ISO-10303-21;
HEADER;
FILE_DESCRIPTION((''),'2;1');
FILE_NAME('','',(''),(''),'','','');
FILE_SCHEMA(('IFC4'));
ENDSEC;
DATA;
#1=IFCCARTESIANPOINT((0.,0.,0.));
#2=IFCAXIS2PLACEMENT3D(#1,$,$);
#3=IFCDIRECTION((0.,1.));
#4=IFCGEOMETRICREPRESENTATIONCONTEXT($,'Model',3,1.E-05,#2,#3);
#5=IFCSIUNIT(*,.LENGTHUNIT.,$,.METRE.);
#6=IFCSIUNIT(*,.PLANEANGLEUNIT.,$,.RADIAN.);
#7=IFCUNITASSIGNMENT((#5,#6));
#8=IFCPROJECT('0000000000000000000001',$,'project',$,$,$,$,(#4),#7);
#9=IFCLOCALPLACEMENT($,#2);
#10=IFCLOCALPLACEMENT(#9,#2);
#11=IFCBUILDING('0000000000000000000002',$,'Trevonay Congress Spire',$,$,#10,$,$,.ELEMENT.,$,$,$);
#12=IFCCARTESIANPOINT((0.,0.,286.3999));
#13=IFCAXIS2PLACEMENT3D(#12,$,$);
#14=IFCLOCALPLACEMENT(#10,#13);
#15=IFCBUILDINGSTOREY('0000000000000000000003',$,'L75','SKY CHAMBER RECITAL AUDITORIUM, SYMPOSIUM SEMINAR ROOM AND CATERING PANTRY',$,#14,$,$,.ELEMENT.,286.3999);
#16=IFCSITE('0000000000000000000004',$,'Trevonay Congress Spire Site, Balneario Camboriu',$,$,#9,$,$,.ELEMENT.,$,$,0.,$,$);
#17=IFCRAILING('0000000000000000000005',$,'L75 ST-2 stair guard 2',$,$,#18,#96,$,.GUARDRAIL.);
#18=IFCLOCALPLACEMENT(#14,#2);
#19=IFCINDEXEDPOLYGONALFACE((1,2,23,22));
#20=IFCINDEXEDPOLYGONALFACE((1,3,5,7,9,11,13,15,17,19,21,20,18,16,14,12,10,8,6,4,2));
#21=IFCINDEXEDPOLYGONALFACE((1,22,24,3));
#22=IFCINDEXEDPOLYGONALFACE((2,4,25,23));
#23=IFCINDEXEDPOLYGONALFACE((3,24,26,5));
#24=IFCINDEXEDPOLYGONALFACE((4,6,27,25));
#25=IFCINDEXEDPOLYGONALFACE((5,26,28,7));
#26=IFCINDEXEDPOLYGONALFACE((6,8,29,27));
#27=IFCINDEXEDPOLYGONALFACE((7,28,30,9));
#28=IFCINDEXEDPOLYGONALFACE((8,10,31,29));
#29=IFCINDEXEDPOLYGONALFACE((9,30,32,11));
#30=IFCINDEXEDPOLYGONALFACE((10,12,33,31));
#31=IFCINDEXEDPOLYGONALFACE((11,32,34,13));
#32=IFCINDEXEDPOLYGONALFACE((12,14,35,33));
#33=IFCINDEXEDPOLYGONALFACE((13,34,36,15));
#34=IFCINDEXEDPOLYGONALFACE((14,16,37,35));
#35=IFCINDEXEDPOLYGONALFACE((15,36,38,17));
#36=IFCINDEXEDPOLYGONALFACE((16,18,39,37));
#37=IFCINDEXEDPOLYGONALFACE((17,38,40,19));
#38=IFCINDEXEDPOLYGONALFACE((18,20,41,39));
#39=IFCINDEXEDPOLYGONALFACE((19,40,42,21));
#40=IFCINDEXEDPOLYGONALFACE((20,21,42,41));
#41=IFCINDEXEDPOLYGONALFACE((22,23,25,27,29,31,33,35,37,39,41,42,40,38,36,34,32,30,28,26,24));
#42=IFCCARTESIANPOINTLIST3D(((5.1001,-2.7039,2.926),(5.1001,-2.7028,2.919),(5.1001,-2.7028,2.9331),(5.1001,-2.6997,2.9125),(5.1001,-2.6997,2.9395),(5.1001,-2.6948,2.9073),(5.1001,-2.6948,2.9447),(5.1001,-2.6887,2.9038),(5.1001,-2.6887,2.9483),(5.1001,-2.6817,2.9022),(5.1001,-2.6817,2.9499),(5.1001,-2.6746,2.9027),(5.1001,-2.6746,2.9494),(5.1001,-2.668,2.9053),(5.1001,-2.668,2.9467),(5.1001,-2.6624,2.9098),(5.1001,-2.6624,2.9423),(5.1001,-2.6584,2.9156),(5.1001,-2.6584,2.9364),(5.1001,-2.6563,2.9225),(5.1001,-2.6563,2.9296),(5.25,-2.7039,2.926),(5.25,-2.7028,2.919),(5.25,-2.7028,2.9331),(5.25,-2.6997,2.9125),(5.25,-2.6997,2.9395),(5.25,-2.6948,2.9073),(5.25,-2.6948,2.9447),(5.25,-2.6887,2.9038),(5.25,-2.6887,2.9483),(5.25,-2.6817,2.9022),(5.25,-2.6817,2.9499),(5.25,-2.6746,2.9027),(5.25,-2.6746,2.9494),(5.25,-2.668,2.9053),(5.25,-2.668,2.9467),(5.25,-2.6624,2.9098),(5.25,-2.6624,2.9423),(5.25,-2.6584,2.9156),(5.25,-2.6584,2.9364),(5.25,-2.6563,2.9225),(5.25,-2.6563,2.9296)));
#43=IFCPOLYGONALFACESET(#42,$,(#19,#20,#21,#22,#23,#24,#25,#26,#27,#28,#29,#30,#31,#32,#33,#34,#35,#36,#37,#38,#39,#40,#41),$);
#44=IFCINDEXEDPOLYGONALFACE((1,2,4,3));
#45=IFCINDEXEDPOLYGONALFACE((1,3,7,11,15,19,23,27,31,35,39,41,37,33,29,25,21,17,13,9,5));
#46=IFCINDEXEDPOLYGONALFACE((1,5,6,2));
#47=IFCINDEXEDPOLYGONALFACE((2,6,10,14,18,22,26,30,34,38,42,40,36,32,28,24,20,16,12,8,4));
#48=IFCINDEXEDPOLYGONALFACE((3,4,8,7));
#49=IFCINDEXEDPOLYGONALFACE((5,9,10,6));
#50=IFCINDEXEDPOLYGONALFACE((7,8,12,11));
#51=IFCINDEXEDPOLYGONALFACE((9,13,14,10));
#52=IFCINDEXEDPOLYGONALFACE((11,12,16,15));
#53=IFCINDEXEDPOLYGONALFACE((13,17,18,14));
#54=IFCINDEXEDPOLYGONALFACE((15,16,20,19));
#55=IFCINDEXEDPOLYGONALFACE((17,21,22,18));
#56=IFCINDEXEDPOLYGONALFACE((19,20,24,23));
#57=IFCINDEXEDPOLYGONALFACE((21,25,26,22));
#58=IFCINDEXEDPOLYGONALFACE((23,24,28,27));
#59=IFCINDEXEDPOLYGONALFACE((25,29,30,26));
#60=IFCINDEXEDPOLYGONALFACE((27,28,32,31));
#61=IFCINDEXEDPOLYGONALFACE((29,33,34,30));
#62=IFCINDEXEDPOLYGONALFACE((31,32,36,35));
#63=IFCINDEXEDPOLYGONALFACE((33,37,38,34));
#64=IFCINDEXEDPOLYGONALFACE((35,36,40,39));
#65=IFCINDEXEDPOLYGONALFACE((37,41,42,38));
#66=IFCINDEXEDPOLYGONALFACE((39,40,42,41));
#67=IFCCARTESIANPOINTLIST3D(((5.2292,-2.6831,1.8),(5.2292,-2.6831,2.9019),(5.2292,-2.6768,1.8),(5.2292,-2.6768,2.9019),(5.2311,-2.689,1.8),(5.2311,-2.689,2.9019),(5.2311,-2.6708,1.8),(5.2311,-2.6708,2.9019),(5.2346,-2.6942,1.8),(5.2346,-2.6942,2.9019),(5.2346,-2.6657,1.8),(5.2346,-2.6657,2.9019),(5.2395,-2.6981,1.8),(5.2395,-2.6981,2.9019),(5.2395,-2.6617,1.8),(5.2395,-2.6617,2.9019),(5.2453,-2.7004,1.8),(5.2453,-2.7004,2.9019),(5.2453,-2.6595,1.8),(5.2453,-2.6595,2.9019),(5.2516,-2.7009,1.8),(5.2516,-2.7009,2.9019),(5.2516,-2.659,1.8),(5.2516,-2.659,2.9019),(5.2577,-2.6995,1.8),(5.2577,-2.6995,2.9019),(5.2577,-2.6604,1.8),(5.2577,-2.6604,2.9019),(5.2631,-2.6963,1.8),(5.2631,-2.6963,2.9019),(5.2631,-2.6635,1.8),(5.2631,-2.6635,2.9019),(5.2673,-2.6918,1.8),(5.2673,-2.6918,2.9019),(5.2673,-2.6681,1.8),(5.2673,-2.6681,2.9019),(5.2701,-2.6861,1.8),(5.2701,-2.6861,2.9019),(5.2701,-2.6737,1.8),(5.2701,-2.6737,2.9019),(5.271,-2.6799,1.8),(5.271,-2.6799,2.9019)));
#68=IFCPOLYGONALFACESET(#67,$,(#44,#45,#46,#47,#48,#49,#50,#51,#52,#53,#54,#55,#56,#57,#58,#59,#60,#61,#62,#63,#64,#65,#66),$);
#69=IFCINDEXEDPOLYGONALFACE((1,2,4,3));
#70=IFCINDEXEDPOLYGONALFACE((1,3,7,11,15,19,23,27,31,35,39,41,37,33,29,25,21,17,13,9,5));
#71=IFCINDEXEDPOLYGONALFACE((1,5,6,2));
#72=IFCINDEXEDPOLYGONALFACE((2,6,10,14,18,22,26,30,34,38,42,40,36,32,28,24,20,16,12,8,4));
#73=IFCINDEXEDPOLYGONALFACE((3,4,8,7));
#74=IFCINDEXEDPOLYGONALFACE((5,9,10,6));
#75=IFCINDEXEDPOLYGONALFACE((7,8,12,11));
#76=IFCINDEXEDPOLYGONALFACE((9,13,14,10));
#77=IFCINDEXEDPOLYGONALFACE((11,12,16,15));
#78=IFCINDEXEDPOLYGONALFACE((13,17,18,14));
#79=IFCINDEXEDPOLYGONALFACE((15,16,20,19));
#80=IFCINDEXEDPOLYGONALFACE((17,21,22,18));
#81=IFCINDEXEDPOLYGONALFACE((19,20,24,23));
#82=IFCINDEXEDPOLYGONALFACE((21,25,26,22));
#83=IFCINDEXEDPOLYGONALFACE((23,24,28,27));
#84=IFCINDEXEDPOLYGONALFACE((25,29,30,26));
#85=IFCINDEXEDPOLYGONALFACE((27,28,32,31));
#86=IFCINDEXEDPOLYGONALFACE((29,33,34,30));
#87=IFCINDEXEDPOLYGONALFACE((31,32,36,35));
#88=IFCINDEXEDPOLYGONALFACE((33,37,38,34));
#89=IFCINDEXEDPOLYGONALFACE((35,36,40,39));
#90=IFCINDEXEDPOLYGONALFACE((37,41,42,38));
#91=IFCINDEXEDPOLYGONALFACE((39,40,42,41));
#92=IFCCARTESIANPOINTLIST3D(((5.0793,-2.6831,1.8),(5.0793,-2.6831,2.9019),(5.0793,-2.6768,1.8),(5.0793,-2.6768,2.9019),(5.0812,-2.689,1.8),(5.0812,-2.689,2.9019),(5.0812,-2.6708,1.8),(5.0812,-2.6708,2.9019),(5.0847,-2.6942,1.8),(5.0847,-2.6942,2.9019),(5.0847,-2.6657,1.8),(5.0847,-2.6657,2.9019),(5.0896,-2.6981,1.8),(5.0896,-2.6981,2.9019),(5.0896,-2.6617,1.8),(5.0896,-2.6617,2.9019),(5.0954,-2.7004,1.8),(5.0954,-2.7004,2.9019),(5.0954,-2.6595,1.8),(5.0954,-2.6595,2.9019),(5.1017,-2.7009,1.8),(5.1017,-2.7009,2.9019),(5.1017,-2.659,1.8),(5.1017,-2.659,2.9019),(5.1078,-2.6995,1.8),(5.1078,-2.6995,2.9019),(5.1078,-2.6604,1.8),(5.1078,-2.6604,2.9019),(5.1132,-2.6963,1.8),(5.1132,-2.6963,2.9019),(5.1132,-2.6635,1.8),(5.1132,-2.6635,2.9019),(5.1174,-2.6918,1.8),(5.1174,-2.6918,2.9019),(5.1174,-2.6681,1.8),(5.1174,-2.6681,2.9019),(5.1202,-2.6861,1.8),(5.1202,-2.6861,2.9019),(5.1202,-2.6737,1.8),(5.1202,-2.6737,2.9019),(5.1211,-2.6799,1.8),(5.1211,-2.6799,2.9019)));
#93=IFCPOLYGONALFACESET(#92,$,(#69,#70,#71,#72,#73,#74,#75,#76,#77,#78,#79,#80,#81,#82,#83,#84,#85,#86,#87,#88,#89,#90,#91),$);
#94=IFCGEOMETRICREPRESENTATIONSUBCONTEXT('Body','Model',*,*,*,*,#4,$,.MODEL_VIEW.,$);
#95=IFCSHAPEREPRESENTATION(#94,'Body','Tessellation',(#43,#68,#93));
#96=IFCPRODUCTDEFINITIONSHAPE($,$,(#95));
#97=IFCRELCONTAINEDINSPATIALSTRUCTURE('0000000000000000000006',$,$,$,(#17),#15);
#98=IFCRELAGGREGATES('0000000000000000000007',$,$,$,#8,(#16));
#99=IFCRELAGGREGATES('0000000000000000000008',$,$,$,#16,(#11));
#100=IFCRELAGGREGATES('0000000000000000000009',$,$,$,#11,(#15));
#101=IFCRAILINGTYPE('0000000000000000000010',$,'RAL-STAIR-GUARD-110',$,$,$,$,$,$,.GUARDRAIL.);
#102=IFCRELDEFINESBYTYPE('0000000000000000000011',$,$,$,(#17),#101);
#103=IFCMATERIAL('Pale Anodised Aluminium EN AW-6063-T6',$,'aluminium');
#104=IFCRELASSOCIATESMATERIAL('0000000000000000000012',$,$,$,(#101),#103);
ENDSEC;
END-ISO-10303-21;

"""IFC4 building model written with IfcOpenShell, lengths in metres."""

from ifc_helpers import new_model, si_unit, direction, frame, origin, origin_2d, place, context, subcontext, project, spatial, circle, extrude, material, type_object, element, save


model = new_model("IFC4")

# Units and contexts
model_context = context("Model", 3, precision=1e-05, world=origin(), true_north=direction((0.0, 1.0)))
body_context = subcontext(model_context, "Body", "Model", "MODEL_VIEW")
ifc_project = project(units=[si_unit("LENGTHUNIT", "METRE"), si_unit("PLANEANGLEUNIT", "RADIAN")], contexts=[model_context])

# Site, building, storey
site_placement = place(None, origin())
site = spatial("IfcSite", under=ifc_project, at=site_placement, Name="Trevonay Congress Spire Site, Balneario Camboriu", CompositionType="ELEMENT", RefElevation=0.0)
building_placement = place(site_placement, origin())
building = spatial("IfcBuilding", under=site, at=building_placement, Name="Trevonay Congress Spire", CompositionType="ELEMENT")
storey_placement = place(building_placement, frame((0.0, 0.0, 286.3999)))
storey = spatial("IfcBuildingStorey", under=building, at=storey_placement, Name="L75", Description="SKY CHAMBER RECITAL AUDITORIUM, SYMPOSIUM SEMINAR ROOM AND CATERING PANTRY", CompositionType="ELEMENT", Elevation=286.3999)

# Shared definitions
ifc_material_1 = material(Name="Pale Anodised Aluminium EN AW-6063-T6", Category="aluminium")

# Railing
railing_type_1 = type_object("IfcRailingType", Name="RAL-STAIR-GUARD-110", PredefinedType="GUARDRAIL", material=ifc_material_1)
railing_1_placement = place(storey_placement, frame((5.25, -2.6799, 1.8)))
element("IfcRailing", 1, at=railing_1_placement, inside=storey, type_object=railing_type_1, Name="L75 ST-2 stair guard 2", PredefinedType="GUARDRAIL", context=body_context, shape_type="SweptSolid", body=[
    extrude(circle(Radius=0.0239, at=origin_2d()), frame((0.0, 0.0, 1.126), z_axis=(-1.0, 0.0, 0.0), x_axis=(0.0, -1.0, 0.0)), (0.0, 0.0, 1.0), 0.1499),
    extrude(circle(Radius=0.021, at=origin_2d()), origin(), (0.0, 0.0, 1.0), 1.1018),
    extrude(circle(Radius=0.021, at=origin_2d()), frame((-0.1499, 0.0, 0.0)), (0.0, 0.0, 1.0), 1.1018),
])

save(model, "model.ifc")
